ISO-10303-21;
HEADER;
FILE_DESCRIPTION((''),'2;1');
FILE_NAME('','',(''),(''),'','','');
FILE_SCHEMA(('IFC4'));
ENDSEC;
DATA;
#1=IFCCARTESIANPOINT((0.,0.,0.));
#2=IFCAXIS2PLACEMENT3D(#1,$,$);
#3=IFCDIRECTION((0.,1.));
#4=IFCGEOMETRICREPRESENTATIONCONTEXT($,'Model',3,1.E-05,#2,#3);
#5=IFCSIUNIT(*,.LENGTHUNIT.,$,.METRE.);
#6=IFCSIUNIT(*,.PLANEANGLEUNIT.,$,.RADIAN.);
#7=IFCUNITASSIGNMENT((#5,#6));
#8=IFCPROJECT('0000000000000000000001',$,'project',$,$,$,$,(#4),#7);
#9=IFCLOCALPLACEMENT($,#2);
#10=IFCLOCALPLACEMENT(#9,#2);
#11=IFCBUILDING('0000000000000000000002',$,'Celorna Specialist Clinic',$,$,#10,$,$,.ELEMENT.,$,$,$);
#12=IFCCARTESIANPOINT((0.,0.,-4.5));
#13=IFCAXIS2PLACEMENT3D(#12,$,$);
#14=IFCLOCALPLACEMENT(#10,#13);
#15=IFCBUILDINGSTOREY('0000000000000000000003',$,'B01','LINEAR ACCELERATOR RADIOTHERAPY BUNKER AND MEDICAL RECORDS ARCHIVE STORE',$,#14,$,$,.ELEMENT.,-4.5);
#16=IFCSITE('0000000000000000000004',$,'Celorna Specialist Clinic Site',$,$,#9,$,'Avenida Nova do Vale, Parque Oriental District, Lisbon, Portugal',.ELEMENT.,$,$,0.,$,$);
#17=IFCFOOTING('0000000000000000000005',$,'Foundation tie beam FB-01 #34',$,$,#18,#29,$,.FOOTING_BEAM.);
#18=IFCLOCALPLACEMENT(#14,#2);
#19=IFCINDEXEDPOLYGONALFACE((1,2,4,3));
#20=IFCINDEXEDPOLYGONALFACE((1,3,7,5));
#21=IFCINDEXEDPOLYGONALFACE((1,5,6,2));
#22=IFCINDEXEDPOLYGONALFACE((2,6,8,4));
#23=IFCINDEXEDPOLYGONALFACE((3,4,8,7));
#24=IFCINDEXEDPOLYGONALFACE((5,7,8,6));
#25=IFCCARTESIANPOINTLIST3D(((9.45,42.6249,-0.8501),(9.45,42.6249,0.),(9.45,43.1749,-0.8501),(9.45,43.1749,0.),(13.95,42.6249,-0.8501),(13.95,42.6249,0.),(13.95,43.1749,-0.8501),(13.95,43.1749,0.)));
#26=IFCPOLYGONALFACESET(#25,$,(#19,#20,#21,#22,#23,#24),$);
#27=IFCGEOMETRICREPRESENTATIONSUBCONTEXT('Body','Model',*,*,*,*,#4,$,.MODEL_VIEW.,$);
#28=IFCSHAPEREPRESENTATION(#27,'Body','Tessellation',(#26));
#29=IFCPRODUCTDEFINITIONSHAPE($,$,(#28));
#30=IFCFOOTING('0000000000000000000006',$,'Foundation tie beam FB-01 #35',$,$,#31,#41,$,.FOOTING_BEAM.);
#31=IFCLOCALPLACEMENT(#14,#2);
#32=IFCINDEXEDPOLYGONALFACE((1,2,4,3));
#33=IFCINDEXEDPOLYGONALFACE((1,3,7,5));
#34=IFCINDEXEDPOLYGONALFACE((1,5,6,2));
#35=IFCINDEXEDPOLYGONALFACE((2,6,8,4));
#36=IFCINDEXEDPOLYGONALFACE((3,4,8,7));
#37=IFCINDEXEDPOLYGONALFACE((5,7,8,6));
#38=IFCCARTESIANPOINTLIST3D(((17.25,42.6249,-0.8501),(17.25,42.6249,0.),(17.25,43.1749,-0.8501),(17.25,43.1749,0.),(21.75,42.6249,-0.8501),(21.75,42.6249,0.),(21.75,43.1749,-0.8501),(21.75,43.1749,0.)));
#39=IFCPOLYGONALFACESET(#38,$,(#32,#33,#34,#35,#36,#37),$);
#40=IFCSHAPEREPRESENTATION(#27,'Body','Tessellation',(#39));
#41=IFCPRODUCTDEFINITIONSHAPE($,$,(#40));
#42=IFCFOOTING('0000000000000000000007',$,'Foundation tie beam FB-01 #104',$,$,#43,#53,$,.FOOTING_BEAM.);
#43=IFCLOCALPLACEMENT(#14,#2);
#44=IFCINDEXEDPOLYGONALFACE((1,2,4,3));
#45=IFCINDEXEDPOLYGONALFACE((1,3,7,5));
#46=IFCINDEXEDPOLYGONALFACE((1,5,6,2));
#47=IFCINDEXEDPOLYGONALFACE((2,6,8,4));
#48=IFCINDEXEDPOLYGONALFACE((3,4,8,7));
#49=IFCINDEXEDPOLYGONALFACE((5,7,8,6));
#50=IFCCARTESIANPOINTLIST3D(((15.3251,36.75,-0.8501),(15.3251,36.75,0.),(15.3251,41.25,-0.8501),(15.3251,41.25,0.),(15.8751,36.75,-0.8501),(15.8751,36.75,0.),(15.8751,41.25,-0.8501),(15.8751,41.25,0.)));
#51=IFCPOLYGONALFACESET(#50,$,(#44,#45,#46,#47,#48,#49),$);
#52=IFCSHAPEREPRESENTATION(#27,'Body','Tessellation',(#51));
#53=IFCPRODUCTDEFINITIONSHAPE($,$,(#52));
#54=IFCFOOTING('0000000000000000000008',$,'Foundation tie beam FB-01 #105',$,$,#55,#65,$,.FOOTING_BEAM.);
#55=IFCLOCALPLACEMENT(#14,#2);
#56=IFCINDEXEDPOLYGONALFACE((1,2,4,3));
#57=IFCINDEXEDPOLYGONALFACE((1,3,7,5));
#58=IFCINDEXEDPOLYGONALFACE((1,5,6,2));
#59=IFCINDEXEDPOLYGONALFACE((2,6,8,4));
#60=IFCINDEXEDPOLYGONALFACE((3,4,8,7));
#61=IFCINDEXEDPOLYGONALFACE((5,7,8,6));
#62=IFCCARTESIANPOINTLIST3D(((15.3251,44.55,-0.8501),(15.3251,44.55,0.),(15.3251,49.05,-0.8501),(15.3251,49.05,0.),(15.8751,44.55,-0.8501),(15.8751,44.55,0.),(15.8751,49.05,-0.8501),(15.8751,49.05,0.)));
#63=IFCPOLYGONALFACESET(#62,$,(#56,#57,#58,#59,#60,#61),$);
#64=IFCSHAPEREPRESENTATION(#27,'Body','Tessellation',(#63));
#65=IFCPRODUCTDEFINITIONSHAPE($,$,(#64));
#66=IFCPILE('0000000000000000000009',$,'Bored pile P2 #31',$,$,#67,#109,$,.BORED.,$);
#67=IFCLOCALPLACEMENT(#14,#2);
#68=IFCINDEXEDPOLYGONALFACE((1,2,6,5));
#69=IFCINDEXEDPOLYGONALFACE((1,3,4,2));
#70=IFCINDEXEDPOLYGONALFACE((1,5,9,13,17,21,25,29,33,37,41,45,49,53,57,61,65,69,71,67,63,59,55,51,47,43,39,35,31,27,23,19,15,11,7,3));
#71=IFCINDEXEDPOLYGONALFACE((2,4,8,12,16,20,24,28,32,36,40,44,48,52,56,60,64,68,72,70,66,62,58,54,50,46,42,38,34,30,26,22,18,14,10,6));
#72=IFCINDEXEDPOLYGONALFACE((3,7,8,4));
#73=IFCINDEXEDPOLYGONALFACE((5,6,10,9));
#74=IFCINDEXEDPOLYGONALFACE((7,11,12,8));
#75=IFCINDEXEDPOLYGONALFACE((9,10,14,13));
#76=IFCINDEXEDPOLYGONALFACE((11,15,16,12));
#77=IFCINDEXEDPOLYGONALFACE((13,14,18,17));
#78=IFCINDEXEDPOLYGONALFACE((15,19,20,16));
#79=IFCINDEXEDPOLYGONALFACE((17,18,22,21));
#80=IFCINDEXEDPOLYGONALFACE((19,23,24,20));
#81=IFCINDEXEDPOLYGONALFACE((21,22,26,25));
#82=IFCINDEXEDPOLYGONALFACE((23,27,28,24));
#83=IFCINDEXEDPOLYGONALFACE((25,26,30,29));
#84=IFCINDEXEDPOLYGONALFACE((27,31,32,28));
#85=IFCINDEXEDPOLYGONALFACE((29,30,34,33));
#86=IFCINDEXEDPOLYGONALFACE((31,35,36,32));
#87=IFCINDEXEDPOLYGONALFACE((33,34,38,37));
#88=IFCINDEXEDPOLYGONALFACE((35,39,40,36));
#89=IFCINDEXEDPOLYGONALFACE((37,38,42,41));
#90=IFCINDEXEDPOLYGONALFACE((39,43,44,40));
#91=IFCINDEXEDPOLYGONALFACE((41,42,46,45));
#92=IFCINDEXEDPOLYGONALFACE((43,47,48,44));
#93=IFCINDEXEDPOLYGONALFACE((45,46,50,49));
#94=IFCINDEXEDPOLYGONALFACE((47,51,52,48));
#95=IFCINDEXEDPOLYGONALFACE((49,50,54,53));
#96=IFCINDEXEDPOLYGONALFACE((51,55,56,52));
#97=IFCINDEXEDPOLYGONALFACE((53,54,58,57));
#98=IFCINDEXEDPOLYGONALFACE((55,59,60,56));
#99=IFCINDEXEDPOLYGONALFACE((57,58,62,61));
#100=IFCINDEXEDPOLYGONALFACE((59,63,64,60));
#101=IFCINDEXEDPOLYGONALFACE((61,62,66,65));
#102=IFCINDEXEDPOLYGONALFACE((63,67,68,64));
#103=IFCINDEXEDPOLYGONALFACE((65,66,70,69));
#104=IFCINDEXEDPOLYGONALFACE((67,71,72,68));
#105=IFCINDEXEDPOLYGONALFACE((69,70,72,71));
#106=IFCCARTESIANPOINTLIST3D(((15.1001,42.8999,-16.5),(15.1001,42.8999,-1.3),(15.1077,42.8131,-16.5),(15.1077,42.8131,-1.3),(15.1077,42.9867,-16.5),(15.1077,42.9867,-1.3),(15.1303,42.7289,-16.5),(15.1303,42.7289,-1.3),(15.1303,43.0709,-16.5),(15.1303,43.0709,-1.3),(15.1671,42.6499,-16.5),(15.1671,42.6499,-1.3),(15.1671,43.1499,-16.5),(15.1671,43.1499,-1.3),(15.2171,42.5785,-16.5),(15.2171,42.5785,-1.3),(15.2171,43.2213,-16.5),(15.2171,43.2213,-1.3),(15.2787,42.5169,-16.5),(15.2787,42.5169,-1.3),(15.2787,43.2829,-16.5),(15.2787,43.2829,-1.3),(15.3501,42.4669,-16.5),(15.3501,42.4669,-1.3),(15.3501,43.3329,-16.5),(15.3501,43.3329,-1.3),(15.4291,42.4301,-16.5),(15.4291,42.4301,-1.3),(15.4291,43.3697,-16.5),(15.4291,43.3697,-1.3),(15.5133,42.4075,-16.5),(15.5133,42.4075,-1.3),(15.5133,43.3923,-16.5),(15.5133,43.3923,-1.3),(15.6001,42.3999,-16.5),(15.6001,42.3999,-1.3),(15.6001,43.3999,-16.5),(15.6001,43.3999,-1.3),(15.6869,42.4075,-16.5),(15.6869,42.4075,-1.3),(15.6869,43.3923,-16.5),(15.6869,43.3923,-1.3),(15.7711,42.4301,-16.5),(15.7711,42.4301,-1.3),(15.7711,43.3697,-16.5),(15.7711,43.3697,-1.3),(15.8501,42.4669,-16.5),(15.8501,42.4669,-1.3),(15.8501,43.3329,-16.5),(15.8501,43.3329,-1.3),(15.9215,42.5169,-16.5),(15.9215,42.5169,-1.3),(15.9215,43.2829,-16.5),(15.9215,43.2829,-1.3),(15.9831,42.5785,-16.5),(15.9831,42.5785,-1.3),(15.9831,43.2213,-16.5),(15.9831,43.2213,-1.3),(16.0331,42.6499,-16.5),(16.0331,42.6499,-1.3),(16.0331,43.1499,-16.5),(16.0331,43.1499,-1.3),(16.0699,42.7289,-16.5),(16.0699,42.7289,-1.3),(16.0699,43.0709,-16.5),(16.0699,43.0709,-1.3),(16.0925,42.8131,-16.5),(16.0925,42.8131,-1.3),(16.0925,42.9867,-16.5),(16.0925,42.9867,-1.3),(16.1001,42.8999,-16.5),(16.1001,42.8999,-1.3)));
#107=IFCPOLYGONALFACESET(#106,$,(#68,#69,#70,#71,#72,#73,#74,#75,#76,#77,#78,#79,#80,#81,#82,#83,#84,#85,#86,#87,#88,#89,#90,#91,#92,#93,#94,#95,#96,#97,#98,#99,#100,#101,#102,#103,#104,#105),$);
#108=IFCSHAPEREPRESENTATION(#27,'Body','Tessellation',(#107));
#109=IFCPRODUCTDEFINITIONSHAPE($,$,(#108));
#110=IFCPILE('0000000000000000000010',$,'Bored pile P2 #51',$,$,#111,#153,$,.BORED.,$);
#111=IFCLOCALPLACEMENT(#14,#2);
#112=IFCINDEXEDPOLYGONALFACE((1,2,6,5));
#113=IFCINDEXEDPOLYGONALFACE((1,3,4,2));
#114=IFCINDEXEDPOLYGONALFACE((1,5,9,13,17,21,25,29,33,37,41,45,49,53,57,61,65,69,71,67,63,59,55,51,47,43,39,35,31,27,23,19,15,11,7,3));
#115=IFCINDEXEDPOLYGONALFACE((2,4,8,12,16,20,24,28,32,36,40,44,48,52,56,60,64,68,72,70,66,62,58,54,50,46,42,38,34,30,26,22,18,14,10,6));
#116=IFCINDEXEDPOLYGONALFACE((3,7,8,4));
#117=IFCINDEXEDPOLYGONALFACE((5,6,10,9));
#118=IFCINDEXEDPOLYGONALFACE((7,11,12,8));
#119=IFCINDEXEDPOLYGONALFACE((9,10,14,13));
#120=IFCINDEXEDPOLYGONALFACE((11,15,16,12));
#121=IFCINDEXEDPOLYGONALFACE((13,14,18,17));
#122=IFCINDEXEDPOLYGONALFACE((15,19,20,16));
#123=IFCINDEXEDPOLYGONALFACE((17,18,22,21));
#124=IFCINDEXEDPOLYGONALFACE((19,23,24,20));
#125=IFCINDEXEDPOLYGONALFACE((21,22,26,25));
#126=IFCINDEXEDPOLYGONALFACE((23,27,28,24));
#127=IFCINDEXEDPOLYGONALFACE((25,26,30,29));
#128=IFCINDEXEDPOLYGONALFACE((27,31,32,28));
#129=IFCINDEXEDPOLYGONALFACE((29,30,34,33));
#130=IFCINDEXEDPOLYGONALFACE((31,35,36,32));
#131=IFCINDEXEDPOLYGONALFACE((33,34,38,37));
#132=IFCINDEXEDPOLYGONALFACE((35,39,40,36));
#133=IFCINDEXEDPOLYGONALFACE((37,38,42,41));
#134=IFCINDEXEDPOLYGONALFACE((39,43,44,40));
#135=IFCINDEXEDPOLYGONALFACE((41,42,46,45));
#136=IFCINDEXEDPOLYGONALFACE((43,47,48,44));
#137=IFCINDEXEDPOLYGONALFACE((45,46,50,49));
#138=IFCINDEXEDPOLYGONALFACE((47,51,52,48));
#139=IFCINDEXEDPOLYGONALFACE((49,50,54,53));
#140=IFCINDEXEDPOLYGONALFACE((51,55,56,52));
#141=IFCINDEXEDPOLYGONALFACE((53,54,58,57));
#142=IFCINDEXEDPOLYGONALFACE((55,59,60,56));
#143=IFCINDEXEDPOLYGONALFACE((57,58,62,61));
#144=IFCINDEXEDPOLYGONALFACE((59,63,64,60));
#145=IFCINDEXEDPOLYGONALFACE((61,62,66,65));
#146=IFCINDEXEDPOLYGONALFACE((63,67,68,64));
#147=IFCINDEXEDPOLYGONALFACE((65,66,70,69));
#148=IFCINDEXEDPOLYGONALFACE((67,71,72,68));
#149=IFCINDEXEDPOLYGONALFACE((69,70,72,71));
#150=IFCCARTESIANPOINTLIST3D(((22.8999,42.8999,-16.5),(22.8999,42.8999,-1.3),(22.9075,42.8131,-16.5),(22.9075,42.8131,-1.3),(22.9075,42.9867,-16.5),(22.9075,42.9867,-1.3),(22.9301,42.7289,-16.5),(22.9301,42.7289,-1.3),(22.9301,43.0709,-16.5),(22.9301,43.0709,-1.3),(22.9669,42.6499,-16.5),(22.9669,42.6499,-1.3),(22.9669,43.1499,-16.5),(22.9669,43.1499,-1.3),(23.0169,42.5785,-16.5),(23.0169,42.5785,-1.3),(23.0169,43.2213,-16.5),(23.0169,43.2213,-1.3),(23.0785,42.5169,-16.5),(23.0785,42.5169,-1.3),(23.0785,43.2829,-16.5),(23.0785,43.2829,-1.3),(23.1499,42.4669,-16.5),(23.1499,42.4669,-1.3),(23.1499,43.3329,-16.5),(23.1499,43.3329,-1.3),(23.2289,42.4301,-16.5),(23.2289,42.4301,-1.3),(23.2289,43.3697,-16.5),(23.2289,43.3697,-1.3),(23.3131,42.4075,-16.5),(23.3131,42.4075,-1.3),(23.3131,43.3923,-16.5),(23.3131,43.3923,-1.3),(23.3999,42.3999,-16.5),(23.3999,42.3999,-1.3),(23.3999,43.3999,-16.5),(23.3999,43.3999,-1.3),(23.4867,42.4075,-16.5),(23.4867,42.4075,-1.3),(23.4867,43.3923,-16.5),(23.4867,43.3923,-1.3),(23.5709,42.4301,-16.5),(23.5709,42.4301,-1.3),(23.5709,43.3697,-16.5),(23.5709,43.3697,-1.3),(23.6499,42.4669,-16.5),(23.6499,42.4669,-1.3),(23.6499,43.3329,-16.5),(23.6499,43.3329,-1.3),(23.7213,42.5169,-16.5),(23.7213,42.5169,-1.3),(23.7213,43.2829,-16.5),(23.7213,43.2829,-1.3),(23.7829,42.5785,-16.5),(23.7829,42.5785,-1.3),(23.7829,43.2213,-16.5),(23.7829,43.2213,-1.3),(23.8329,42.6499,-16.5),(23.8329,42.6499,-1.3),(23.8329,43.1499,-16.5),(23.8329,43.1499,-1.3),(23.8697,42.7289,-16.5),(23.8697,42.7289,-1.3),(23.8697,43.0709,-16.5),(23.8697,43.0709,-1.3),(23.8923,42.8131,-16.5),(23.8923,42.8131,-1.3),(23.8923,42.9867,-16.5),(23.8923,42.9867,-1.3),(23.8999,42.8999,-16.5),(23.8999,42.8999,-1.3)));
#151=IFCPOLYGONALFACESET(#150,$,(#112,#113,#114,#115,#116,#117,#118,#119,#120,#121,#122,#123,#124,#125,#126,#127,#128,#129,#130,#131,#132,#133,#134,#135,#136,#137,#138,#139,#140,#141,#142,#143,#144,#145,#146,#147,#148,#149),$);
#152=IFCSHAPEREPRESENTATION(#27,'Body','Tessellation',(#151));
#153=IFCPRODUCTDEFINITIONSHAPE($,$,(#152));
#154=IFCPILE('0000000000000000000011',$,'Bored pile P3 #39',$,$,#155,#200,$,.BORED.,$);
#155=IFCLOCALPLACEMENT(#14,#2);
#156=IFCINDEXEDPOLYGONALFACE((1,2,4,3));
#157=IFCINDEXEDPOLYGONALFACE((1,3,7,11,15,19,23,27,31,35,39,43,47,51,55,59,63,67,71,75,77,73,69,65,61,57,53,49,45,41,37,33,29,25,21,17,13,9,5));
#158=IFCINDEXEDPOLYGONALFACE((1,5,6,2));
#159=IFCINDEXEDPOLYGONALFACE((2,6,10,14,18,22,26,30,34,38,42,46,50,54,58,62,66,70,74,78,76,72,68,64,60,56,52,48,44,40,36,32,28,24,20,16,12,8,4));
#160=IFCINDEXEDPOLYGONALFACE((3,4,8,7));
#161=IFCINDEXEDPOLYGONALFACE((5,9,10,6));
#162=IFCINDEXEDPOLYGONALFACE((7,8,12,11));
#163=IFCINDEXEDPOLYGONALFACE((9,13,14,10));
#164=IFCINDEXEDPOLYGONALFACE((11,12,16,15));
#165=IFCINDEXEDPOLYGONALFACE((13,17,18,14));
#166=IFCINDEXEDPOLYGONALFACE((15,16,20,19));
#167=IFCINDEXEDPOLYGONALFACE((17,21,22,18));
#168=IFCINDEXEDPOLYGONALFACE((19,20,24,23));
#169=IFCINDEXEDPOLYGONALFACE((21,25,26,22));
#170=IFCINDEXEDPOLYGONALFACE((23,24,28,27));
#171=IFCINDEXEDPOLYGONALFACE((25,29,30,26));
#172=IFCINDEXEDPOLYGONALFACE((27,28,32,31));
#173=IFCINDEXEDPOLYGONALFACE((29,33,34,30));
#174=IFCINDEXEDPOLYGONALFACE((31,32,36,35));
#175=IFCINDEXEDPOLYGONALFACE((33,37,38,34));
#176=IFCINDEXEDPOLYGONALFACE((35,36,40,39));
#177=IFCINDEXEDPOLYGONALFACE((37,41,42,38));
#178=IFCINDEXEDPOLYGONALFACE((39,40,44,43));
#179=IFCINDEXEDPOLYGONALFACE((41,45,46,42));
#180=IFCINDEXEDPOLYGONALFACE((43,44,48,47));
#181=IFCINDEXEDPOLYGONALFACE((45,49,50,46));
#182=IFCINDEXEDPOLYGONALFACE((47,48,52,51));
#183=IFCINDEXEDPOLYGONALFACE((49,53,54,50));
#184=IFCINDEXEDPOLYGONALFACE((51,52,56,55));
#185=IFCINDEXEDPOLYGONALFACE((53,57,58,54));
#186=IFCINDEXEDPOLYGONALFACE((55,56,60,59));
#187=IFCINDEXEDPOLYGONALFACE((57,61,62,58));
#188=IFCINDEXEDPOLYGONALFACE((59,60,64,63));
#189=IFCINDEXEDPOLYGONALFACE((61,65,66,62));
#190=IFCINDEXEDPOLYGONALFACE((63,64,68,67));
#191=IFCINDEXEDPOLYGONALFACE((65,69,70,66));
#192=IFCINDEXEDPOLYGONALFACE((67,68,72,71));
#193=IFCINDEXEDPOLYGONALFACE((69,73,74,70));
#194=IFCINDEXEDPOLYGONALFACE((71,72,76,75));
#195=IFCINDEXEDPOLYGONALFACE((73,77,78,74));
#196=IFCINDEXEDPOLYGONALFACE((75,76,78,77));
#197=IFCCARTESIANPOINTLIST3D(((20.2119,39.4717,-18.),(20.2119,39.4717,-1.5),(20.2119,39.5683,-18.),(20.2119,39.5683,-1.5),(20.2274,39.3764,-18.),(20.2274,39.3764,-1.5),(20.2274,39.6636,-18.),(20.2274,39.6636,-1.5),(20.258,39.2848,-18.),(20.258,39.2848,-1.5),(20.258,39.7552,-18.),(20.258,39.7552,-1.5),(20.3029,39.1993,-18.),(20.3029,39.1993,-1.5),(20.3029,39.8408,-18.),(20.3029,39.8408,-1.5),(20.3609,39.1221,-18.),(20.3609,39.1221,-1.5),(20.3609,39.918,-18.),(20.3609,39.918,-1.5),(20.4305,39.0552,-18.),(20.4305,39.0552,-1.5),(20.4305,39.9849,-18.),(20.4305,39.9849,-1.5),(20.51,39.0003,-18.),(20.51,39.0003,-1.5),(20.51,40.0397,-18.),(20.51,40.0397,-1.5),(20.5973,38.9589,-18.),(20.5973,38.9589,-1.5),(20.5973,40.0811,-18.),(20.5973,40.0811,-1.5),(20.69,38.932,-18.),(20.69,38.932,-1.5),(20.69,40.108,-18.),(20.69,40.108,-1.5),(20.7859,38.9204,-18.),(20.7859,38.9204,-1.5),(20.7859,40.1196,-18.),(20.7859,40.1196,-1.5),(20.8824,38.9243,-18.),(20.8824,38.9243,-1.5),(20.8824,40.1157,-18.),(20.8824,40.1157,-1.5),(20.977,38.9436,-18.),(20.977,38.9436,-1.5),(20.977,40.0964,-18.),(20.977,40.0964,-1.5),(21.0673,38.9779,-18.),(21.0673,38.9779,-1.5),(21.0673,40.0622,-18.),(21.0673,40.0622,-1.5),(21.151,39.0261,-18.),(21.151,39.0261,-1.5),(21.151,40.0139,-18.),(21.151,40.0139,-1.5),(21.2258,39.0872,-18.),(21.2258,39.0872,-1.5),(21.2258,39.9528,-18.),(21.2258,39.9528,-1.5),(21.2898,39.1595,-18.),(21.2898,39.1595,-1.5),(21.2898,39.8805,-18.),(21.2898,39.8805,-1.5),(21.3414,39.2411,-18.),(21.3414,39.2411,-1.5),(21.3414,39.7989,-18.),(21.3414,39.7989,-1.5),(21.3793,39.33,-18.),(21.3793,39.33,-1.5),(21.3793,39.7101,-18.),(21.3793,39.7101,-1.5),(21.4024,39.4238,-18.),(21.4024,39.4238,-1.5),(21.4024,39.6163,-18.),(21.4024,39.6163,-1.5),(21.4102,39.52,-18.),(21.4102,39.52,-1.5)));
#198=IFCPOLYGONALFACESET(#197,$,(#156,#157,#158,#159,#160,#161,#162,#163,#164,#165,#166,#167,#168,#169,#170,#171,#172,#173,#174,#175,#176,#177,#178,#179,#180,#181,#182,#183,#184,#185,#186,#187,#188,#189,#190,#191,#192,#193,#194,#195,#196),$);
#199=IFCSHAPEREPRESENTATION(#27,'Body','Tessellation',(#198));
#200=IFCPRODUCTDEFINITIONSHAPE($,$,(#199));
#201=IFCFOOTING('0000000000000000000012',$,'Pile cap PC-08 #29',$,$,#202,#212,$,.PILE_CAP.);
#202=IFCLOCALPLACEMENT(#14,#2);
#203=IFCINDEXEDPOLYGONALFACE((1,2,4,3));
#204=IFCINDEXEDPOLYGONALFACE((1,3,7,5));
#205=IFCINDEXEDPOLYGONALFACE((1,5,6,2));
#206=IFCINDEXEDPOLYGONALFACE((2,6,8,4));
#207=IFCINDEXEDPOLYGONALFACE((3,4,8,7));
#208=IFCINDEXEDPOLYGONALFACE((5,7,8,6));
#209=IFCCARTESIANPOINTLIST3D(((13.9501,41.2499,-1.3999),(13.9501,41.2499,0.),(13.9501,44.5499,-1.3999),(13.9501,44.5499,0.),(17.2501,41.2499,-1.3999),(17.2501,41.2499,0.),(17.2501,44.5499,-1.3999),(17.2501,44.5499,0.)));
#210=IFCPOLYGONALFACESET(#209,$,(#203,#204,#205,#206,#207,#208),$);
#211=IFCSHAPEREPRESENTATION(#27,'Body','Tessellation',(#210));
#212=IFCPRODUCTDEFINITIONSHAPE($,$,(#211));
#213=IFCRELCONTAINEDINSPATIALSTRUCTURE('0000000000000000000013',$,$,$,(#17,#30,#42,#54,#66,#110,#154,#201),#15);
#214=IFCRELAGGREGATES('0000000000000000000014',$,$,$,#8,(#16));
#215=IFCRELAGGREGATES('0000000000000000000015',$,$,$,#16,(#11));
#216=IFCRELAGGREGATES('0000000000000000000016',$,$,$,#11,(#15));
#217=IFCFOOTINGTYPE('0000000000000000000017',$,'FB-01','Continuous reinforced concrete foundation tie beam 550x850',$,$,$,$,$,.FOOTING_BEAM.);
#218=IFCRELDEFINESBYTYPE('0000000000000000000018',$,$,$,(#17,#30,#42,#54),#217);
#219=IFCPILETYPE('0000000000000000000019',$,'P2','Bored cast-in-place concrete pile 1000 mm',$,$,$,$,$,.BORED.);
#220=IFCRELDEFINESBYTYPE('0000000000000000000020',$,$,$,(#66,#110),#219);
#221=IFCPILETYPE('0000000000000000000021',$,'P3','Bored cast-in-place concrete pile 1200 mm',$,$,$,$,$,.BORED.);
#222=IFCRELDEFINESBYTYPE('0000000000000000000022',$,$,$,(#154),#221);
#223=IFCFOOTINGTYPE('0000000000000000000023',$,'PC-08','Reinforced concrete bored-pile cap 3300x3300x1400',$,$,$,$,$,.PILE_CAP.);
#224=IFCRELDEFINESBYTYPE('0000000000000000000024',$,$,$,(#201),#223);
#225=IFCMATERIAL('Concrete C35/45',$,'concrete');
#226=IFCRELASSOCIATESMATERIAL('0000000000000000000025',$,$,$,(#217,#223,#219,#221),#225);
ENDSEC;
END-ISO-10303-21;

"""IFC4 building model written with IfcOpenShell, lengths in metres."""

from ifc_helpers import new_model, si_unit, direction, frame, origin, origin_2d, place, context, subcontext, project, spatial, rectangle, circle, extrude, material, material_profile, profile_set, type_object, element, save


model = new_model("IFC4")

# Units and contexts
model_context = context("Model", 3, precision=1e-05, world=origin(), true_north=direction((0.0, 1.0)))
body_context = subcontext(model_context, "Body", "Model", "MODEL_VIEW")
ifc_project = project(units=[si_unit("LENGTHUNIT", "METRE"), si_unit("PLANEANGLEUNIT", "RADIAN")], contexts=[model_context])

# Site, building, storey
site_placement = place(None, origin())
site = spatial("IfcSite", under=ifc_project, at=site_placement, Name="Celorna Specialist Clinic Site", LongName="Avenida Nova do Vale, Parque Oriental District, Lisbon, Portugal", CompositionType="ELEMENT", RefElevation=0.0)
building_placement = place(site_placement, origin())
building = spatial("IfcBuilding", under=site, at=building_placement, Name="Celorna Specialist Clinic", CompositionType="ELEMENT")
storey_placement = place(building_placement, frame((0.0, 0.0, -4.5)))
storey = spatial("IfcBuildingStorey", under=building, at=storey_placement, Name="B01", Description="LINEAR ACCELERATOR RADIOTHERAPY BUNKER AND MEDICAL RECORDS ARCHIVE STORE", CompositionType="ELEMENT", Elevation=-4.5)

# Footings
ifc_material_1 = material(Name="Concrete C35/45", Category="concrete")
footing_type_1 = type_object("IfcFootingType", Name="FB-01", Description="Continuous reinforced concrete foundation tie beam 550x850", PredefinedType="FOOTING_BEAM", material=ifc_material_1)
for number, where, z_axis, x_axis, name in (
    (1, (11.7, 42.8999, -0.8501), (0.0, 0.0, 1.0), (1.0, 0.0, 0.0), "Foundation tie beam FB-01 #34"),
    (2, (19.5, 42.8999, -0.8501), (0.0, 0.0, 1.0), (1.0, 0.0, 0.0), "Foundation tie beam FB-01 #35"),
    (3, (15.6001, 39.0, -0.8501), (0.0, 0.0, 1.0), (0.0, 1.0, 0.0), "Foundation tie beam FB-01 #104"),
    (4, (15.6001, 46.8, -0.8501), (0.0, 0.0, 1.0), (0.0, 1.0, 0.0), "Foundation tie beam FB-01 #105"),
):
    element("IfcFooting", number, at=place(storey_placement, frame(where, z_axis=z_axis, x_axis=x_axis)), inside=storey, type_object=footing_type_1, Name=name, PredefinedType="FOOTING_BEAM", context=body_context, shape_type="SweptSolid", body=[
        extrude(rectangle(XDim=4.5, YDim=0.55, at=origin_2d()), origin(), (0.0, 0.0, 1.0), 0.8501),
    ])

# Piles
ifc_material_profile_1 = material_profile(ifc_material_1, circle(Radius=0.5, at=origin_2d()), Name="BORED PILE 1000")
ifc_profile_set_1 = profile_set([ifc_material_profile_1], Name="Concrete C35/45")
pile_type_1 = type_object("IfcPileType", Name="P2", Description="Bored cast-in-place concrete pile 1000 mm", PredefinedType="BORED", material=ifc_profile_set_1)
for number, where, z_axis, x_axis, name in (
    (5, (15.6001, 42.8999, -1.3), (0.0, 0.0, -1.0), (1.0, 0.0, 0.0), "Bored pile P2 #31"),
    (6, (23.3999, 42.8999, -1.3), (0.0, 0.0, -1.0), (1.0, 0.0, 0.0), "Bored pile P2 #51"),
):
    element("IfcPile", number, at=place(storey_placement, frame(where, z_axis=z_axis, x_axis=x_axis)), inside=storey, type_object=pile_type_1, Name=name, PredefinedType="BORED", context=body_context, shape_type="SweptSolid", body=[
        extrude(circle(Radius=0.5, at=origin_2d()), origin(), (0.0, 0.0, 1.0), 15.2),
    ])
ifc_material_profile_2 = material_profile(ifc_material_1, circle(Radius=0.6001, at=origin_2d()), Name="BORED PILE 1200")
ifc_profile_set_2 = profile_set([ifc_material_profile_2], Name="Concrete C35/45")
pile_type_2 = type_object("IfcPileType", Name="P3", Description="Bored cast-in-place concrete pile 1200 mm", PredefinedType="BORED", material=ifc_profile_set_2)
pile_placement = place(storey_placement, frame((20.8101, 39.52, -1.5), z_axis=(0.0, 0.0, -1.0), x_axis=(1.0, 0.0, 0.0)))
element("IfcPile", 7, at=pile_placement, inside=storey, type_object=pile_type_2, Name="Bored pile P3 #39", PredefinedType="BORED", context=body_context, shape_type="SweptSolid", body=[
    extrude(circle(Radius=0.6001, at=origin_2d()), origin(), (0.0, 0.0, 1.0), 16.5),
])

# Footing
footing_type_2 = type_object("IfcFootingType", Name="PC-08", Description="Reinforced concrete bored-pile cap 3300x3300x1400", PredefinedType="PILE_CAP", material=ifc_material_1)
for number, where, z_axis, x_axis, name in (
    (8, (15.6001, 42.8999, -1.3999), (0.0, 0.0, 1.0), (1.0, 0.0, 0.0), "Pile cap PC-08 #29"),
):
    element("IfcFooting", number, at=place(storey_placement, frame(where, z_axis=z_axis, x_axis=x_axis)), inside=storey, type_object=footing_type_2, Name=name, PredefinedType="PILE_CAP", context=body_context, shape_type="SweptSolid", body=[
        extrude(rectangle(XDim=3.3, YDim=3.3, at=origin_2d()), origin(), (0.0, 0.0, 1.0), 1.3999),
    ])

save(model, "model.ifc")
